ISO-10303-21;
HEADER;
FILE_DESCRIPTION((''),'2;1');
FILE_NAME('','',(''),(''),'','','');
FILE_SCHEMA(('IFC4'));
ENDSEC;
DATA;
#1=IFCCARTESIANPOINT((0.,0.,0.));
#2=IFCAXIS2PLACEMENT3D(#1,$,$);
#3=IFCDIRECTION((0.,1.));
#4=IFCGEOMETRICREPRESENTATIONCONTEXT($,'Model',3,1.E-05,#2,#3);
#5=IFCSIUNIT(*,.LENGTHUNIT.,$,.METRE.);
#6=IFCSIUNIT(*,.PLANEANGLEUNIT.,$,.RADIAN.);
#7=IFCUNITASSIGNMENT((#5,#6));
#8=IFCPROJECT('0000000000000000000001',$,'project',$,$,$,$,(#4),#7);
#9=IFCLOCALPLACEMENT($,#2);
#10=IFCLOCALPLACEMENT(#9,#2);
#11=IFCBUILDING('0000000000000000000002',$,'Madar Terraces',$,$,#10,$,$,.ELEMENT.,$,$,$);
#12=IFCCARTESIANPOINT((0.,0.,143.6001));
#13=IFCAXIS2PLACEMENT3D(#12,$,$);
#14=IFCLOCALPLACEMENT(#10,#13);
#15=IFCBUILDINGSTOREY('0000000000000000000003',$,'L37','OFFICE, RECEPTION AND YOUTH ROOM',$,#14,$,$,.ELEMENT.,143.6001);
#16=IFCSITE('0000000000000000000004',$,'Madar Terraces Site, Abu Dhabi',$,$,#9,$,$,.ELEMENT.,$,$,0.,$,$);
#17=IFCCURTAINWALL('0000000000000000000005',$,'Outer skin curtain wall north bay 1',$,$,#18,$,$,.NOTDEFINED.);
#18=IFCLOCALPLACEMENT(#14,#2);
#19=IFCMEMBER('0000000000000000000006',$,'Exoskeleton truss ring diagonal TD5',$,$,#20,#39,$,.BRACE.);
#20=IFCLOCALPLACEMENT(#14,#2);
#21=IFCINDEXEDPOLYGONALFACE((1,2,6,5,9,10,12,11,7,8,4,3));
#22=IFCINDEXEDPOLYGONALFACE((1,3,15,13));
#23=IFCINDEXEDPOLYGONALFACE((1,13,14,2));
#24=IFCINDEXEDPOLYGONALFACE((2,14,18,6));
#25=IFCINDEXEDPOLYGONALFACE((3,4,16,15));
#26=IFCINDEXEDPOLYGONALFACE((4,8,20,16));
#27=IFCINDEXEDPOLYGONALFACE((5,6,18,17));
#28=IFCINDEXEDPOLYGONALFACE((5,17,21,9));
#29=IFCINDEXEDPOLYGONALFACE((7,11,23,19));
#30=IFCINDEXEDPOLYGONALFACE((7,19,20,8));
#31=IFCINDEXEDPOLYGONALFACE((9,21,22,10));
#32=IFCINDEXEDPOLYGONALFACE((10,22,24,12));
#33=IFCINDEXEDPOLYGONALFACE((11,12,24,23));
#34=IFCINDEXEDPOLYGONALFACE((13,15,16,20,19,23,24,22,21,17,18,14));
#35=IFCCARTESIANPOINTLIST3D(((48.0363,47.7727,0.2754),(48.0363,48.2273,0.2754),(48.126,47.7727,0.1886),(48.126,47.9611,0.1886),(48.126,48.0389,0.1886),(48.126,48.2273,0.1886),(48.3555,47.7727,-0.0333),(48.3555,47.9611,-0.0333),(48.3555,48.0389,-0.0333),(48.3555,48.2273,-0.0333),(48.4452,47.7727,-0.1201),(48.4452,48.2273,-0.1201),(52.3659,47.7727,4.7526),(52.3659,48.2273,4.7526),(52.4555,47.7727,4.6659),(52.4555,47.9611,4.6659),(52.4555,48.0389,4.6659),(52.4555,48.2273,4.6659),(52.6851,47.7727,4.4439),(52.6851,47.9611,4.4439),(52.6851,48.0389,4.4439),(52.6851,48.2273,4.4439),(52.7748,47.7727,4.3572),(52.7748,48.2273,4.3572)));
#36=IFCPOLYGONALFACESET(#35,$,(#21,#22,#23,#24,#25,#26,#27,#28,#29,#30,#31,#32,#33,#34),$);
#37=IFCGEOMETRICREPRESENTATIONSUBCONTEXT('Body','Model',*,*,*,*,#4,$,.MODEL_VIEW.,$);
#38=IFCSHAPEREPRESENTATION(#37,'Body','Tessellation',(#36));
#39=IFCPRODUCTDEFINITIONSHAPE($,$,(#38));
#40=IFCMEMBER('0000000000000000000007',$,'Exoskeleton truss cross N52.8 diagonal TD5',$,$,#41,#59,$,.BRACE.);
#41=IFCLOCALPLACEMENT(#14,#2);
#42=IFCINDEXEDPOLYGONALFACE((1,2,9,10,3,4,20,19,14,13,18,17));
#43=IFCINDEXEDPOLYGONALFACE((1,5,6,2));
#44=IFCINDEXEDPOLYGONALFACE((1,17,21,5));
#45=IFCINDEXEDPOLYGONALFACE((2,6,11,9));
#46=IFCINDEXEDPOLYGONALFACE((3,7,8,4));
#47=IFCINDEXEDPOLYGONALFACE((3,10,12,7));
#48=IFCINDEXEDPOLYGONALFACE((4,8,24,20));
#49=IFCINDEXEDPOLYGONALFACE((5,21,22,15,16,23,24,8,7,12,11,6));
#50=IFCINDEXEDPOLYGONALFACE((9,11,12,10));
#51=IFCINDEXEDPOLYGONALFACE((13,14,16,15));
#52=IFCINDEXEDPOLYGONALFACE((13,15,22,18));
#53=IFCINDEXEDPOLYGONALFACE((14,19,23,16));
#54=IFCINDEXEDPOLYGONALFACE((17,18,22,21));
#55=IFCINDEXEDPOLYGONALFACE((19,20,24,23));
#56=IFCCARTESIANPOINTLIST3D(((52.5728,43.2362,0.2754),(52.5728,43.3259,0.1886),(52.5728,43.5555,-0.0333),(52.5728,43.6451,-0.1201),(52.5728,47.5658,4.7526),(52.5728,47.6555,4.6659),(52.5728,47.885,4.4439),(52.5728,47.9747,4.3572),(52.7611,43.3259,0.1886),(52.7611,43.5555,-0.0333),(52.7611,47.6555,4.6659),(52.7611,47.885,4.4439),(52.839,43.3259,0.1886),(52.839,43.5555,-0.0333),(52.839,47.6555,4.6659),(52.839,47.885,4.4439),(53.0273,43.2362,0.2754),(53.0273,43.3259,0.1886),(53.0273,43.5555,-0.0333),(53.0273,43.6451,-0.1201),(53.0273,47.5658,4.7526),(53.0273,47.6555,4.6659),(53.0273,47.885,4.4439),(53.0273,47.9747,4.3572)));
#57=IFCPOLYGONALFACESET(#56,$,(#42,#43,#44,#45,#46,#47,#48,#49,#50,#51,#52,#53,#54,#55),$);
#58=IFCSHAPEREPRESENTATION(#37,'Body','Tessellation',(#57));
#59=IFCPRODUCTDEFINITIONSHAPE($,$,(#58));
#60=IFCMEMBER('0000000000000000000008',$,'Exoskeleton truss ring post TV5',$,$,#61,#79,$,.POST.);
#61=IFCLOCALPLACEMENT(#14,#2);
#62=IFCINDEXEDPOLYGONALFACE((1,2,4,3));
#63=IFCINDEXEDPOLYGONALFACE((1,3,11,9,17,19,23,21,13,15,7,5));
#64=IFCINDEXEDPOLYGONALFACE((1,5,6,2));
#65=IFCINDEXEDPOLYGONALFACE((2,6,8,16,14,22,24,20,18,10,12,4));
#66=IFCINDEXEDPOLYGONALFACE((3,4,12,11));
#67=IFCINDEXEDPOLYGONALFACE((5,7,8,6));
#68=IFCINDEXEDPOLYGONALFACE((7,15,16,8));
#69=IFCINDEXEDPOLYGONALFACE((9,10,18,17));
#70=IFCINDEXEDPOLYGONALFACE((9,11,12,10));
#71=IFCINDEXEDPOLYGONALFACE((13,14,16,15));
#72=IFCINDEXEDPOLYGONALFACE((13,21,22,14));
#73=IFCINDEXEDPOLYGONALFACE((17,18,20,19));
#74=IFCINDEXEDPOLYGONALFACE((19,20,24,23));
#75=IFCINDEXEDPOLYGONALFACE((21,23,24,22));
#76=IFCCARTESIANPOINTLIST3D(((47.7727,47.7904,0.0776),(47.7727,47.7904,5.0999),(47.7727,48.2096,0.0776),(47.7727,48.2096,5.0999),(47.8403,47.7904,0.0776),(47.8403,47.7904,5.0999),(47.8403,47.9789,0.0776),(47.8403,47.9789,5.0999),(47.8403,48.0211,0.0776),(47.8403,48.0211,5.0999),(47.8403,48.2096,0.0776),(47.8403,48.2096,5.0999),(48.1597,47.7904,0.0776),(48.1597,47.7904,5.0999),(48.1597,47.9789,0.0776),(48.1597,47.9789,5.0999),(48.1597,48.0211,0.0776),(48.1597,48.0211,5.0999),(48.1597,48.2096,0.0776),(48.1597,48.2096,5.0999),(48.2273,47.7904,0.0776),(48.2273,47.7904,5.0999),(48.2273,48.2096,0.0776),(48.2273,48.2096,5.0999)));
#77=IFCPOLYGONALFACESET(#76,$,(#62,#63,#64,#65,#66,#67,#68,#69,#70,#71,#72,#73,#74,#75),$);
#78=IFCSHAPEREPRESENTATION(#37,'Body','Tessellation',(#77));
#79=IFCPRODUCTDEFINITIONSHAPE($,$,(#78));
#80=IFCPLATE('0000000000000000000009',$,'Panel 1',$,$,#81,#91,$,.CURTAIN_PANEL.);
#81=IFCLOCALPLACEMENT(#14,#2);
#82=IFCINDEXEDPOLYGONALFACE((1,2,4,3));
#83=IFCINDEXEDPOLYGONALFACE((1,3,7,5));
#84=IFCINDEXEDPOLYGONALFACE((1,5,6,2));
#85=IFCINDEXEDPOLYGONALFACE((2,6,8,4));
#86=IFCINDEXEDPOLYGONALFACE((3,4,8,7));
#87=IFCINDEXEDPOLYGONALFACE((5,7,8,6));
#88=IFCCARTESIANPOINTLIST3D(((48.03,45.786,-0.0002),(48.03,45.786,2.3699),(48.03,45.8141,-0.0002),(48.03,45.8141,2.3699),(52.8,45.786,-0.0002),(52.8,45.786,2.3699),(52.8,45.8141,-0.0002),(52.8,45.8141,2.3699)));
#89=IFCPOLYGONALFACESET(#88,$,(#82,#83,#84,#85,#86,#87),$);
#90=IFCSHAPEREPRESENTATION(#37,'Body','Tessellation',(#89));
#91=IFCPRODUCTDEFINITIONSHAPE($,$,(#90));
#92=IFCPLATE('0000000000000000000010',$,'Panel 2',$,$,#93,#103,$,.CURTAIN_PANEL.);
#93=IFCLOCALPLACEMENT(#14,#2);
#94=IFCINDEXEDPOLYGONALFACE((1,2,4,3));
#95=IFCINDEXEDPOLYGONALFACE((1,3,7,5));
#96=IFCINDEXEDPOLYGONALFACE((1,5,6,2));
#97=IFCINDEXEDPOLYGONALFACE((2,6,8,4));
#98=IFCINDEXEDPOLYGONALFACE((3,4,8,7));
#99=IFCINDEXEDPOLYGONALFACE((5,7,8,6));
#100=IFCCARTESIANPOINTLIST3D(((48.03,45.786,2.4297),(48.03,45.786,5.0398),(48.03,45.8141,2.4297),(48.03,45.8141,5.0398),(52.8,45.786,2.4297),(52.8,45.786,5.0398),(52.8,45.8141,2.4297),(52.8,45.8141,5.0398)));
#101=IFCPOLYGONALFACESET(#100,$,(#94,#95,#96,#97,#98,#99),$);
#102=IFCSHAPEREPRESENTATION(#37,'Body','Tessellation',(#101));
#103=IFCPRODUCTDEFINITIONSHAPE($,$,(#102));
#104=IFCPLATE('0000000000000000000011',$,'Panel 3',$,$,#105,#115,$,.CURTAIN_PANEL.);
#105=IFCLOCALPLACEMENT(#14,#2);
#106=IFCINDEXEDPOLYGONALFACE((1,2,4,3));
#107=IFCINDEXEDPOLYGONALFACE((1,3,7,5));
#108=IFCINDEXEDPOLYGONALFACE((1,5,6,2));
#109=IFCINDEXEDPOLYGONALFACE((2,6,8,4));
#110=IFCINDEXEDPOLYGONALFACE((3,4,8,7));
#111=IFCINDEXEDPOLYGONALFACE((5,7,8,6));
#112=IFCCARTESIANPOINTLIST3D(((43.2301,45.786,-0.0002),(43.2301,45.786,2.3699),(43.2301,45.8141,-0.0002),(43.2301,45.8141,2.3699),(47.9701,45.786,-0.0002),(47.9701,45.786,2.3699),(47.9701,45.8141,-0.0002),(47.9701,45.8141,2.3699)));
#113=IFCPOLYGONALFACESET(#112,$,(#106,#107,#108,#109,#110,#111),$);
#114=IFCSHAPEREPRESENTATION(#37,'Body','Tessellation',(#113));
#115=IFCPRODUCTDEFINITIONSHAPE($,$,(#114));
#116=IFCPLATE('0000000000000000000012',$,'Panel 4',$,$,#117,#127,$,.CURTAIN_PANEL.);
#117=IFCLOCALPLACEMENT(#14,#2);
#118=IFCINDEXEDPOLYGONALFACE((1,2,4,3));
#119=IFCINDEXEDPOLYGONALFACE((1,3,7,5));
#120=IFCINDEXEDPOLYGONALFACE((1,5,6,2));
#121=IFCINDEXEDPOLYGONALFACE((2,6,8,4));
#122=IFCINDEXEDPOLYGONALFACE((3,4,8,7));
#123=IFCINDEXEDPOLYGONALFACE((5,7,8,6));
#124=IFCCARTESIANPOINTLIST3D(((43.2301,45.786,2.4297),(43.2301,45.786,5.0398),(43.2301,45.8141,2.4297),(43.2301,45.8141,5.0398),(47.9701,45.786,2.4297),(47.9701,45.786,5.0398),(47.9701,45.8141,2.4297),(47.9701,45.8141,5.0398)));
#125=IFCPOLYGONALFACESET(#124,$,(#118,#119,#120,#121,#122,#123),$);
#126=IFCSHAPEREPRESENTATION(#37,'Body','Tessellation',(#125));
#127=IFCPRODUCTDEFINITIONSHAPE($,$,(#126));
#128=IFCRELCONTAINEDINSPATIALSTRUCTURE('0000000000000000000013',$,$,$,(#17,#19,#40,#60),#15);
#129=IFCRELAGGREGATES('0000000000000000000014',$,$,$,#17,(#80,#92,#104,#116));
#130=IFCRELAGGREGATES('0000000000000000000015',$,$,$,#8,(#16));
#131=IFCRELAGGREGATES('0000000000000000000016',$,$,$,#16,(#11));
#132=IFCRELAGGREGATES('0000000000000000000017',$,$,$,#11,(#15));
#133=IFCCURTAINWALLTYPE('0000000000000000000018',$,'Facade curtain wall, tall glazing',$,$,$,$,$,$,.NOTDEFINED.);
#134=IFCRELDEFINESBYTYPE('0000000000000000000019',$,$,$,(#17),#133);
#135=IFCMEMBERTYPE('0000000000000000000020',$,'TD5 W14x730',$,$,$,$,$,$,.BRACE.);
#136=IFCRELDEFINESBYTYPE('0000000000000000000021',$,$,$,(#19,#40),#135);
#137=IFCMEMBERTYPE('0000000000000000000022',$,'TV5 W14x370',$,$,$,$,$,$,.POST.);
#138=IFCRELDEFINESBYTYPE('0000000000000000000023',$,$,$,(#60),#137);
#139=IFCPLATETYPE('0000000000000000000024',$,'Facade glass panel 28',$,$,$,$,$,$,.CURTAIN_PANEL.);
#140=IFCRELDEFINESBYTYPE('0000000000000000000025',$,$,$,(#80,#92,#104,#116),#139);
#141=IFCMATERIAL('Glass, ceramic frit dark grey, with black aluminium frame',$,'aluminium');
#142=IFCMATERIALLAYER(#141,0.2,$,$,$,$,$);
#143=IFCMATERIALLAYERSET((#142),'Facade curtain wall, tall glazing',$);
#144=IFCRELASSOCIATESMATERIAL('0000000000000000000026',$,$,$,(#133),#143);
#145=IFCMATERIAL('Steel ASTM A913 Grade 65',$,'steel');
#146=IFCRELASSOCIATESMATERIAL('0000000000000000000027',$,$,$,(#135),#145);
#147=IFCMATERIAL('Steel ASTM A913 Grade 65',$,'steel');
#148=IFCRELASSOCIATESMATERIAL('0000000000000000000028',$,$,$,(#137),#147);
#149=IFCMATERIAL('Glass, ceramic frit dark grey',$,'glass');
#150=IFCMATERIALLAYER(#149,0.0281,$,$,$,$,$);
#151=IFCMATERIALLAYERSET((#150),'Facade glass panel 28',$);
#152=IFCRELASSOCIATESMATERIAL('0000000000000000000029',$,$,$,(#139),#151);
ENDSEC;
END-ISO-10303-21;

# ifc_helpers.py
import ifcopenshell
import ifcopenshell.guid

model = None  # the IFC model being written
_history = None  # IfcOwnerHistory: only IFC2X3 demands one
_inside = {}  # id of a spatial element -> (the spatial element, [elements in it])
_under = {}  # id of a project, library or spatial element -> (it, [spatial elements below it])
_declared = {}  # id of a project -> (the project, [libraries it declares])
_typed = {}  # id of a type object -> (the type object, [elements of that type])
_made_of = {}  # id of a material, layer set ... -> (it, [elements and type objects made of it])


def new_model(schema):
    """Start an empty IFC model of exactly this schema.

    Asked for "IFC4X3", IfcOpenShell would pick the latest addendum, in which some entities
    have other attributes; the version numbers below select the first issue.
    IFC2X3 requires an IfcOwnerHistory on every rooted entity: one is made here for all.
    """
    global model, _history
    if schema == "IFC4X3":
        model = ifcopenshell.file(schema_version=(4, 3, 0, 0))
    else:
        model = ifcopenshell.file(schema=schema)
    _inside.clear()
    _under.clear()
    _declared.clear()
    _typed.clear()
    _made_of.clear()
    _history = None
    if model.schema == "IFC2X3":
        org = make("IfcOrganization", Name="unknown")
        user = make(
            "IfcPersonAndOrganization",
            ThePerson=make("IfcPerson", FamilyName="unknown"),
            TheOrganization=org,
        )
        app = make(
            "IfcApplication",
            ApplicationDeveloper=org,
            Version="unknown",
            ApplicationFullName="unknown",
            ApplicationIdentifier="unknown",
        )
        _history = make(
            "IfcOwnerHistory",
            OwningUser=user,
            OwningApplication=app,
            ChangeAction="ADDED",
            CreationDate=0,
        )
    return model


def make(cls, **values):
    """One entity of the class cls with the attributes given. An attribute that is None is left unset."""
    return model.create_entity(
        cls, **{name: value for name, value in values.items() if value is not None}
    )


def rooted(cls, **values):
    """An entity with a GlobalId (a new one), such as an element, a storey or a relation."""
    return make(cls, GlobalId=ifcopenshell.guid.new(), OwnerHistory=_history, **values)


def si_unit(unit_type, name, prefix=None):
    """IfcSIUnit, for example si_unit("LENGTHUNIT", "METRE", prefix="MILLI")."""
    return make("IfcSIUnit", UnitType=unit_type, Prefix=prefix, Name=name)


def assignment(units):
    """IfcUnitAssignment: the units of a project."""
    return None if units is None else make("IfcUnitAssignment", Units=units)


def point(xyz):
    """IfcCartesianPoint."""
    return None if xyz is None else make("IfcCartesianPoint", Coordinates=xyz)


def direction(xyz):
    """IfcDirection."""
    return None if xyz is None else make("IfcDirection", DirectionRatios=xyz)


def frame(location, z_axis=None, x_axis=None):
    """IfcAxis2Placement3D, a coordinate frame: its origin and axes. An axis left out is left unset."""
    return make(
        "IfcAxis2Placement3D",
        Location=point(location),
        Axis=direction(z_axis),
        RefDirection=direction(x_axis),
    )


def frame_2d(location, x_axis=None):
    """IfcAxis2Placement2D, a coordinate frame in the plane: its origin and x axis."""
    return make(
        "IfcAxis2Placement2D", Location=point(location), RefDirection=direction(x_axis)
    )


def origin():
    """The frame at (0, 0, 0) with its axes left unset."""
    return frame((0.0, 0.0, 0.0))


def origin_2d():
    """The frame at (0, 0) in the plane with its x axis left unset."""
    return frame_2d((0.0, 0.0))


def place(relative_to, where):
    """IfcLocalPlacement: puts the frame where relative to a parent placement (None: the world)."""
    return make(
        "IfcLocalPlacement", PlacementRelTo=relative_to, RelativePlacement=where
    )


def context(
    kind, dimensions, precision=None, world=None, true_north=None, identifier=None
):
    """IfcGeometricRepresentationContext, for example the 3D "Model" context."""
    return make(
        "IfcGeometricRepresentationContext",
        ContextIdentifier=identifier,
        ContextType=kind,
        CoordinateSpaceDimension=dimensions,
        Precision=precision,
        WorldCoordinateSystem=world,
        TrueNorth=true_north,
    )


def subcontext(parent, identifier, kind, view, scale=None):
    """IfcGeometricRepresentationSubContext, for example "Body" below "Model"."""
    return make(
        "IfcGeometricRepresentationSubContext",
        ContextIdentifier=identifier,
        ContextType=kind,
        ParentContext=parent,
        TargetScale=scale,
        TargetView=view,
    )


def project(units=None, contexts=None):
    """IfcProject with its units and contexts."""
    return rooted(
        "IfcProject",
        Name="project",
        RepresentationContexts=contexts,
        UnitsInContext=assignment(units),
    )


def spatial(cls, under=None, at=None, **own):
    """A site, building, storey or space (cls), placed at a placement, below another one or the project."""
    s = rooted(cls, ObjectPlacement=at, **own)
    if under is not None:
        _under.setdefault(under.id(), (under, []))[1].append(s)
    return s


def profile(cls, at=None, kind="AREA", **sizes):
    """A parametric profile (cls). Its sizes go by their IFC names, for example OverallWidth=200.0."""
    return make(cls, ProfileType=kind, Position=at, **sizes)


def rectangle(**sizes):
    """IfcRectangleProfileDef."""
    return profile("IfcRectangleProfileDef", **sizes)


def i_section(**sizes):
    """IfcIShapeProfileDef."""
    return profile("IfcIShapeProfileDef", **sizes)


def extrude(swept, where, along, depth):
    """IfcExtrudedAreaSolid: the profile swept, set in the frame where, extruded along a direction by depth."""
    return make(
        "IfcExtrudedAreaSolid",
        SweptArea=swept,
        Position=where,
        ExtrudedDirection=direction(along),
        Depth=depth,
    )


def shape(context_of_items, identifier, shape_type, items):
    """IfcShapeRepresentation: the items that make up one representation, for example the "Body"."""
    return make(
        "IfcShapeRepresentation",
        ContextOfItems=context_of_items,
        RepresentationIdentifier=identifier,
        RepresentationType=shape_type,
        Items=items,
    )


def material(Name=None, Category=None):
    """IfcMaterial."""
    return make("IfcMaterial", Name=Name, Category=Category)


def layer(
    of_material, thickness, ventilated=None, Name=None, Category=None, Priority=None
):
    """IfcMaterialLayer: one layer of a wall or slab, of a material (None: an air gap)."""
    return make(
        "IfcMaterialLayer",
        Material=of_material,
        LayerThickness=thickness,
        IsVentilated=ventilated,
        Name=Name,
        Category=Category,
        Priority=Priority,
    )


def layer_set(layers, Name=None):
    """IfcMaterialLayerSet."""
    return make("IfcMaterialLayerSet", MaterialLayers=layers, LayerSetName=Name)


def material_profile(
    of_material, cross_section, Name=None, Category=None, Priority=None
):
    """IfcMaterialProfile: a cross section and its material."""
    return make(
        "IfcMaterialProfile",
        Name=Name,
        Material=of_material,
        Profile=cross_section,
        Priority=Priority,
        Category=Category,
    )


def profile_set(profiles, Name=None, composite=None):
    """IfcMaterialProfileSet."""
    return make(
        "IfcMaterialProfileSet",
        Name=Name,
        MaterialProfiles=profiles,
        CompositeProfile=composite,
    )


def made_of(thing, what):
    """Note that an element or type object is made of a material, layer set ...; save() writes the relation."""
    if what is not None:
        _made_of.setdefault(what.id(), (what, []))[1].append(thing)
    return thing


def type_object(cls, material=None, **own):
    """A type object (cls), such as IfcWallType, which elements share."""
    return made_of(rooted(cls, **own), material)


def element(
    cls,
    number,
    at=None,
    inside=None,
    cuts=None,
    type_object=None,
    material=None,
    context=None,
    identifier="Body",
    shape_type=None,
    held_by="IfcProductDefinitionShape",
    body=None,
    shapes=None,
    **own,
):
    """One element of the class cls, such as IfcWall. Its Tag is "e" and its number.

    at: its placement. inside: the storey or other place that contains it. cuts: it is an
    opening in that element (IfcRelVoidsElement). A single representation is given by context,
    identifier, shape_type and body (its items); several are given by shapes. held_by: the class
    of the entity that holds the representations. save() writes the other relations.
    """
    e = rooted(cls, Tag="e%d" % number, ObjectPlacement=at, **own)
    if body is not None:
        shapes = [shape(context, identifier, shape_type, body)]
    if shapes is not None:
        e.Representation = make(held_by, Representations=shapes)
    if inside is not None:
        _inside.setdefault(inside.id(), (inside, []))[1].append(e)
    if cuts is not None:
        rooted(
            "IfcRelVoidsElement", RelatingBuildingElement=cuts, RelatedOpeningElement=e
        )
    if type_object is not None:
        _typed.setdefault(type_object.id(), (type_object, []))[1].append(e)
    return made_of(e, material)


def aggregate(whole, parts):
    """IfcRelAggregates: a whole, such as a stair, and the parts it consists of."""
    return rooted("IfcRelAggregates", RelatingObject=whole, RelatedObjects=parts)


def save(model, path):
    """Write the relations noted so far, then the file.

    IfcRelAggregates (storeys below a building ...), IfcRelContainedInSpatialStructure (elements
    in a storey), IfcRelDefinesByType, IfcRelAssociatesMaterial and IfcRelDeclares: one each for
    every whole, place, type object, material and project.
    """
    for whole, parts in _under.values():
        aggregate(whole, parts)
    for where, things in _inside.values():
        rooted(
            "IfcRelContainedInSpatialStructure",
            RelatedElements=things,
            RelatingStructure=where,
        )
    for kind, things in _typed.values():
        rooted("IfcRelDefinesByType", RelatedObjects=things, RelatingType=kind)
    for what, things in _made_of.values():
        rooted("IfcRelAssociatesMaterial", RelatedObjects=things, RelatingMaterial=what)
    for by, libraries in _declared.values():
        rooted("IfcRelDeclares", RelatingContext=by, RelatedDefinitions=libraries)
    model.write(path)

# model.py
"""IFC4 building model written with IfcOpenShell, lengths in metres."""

from ifc_helpers import new_model, si_unit, direction, frame, origin, origin_2d, place, context, subcontext, project, spatial, rectangle, i_section, extrude, material, layer, layer_set, material_profile, profile_set, type_object, element, aggregate, save


model = new_model("IFC4")

# Units and contexts
model_context = context("Model", 3, precision=1e-05, world=origin(), true_north=direction((0.0, 1.0)))
body_context = subcontext(model_context, "Body", "Model", "MODEL_VIEW")
ifc_project = project(units=[si_unit("LENGTHUNIT", "METRE"), si_unit("PLANEANGLEUNIT", "RADIAN")], contexts=[model_context])

# Site, building, storey
site_placement = place(None, origin())
site = spatial("IfcSite", under=ifc_project, at=site_placement, Name="Madar Terraces Site, Abu Dhabi", CompositionType="ELEMENT", RefElevation=0.0)
building_placement = place(site_placement, origin())
building = spatial("IfcBuilding", under=site, at=building_placement, Name="Madar Terraces", CompositionType="ELEMENT")
storey_placement = place(building_placement, frame((0.0, 0.0, 143.6001)))
storey = spatial("IfcBuildingStorey", under=building, at=storey_placement, Name="L37", Description="OFFICE, RECEPTION AND YOUTH ROOM", CompositionType="ELEMENT", Elevation=143.6001)

# Curtain wall
ifc_material_1 = material(Name="Glass, ceramic frit dark grey, with black aluminium frame", Category="aluminium")
ifc_layer_1 = layer(ifc_material_1, 0.2)
ifc_layer_set_1 = layer_set([ifc_layer_1], Name="Facade curtain wall, tall glazing")
curtain_wall_type = type_object("IfcCurtainWallType", Name="Facade curtain wall, tall glazing", PredefinedType="NOTDEFINED", material=ifc_layer_set_1)
curtain_wall_placement = place(storey_placement, origin())
curtain_wall = element("IfcCurtainWall", 1, at=curtain_wall_placement, inside=storey, type_object=curtain_wall_type, Name="Outer skin curtain wall north bay 1", PredefinedType="NOTDEFINED")

# Members
ifc_material_2 = material(Name="Steel ASTM A913 Grade 65", Category="steel")
ifc_material_profile_1 = material_profile(ifc_material_2, i_section(OverallWidth=0.4546, OverallDepth=0.5688, WebThickness=0.0779, FlangeThickness=0.1248, at=origin_2d()), Name="W14x730")
ifc_profile_set_1 = profile_set([ifc_material_profile_1], Name="Steel ASTM A913 Grade 65")
member_type_1 = type_object("IfcMemberType", Name="TD5 W14x730", PredefinedType="BRACE", material=ifc_profile_set_1)
for number, where, z_axis, x_axis, name in (
    (2, (52.5703, 48.0, 4.5549), (-0.69515, 0.0, -0.718865), (0.0, -1.0, 0.0), "Exoskeleton truss ring diagonal TD5"),
    (3, (52.8, 47.7703, 4.5549), (0.0, -0.69515, -0.718865), (1.0, 0.0, 0.0), "Exoskeleton truss cross N52.8 diagonal TD5"),
):
    element("IfcMember", number, at=place(storey_placement, frame(where, z_axis=z_axis, x_axis=x_axis)), inside=storey, type_object=member_type_1, Name=name, PredefinedType="BRACE", context=body_context, shape_type="SweptSolid", body=[
        extrude(i_section(OverallWidth=0.4546, OverallDepth=0.5688, WebThickness=0.0779, FlangeThickness=0.1248, at=origin_2d()), origin(), (0.0, 0.0, 1.0), 6.2283),
    ])
ifc_material_3 = material(Name="Steel ASTM A913 Grade 65", Category="steel")
ifc_material_profile_2 = material_profile(ifc_material_3, i_section(OverallWidth=0.4192, OverallDepth=0.4546, WebThickness=0.0422, FlangeThickness=0.0676, at=origin_2d()), Name="W14x370")
ifc_profile_set_2 = profile_set([ifc_material_profile_2], Name="Steel ASTM A913 Grade 65")
member_type_2 = type_object("IfcMemberType", Name="TV5 W14x370", PredefinedType="POST", material=ifc_profile_set_2)
member_1_placement = place(storey_placement, frame((48.0, 48.0, 0.0776), z_axis=(0.0, 0.0, 1.0), x_axis=(0.0, -1.0, 0.0)))
element("IfcMember", 4, at=member_1_placement, inside=storey, type_object=member_type_2, Name="Exoskeleton truss ring post TV5", PredefinedType="POST", context=body_context, shape_type="SweptSolid", body=[
    extrude(i_section(OverallWidth=0.4192, OverallDepth=0.4546, WebThickness=0.0422, FlangeThickness=0.0676, at=origin_2d()), origin(), (0.0, 0.0, 1.0), 5.0222),
])

# Plates
ifc_material_4 = material(Name="Glass, ceramic frit dark grey", Category="glass")
ifc_layer_2 = layer(ifc_material_4, 0.0281)
ifc_layer_set_2 = layer_set([ifc_layer_2], Name="Facade glass panel 28")
plate_type = type_object("IfcPlateType", Name="Facade glass panel 28", PredefinedType="CURTAIN_PANEL", material=ifc_layer_set_2)
plate_1_placement = place(storey_placement, frame((50.415, 45.8, -0.0002), z_axis=(0.0, 0.0, 1.0), x_axis=(-1.0, 0.0, 0.0)))
plate_1 = element("IfcPlate", 5, at=plate_1_placement, type_object=plate_type, Name="Panel 1", PredefinedType="CURTAIN_PANEL", context=body_context, shape_type="SweptSolid", body=[
    extrude(rectangle(XDim=4.77, YDim=0.0281, at=origin_2d()), origin(), (0.0, 0.0, 1.0), 2.3701),
])
plate_2_placement = place(storey_placement, frame((50.415, 45.8, 2.4297), z_axis=(0.0, 0.0, 1.0), x_axis=(-1.0, 0.0, 0.0)))
plate_2 = element("IfcPlate", 6, at=plate_2_placement, type_object=plate_type, Name="Panel 2", PredefinedType="CURTAIN_PANEL", context=body_context, shape_type="SweptSolid", body=[
    extrude(rectangle(XDim=4.77, YDim=0.0281, at=origin_2d()), origin(), (0.0, 0.0, 1.0), 2.6101),
])
plate_3_placement = place(storey_placement, frame((45.6001, 45.8, -0.0002), z_axis=(0.0, 0.0, 1.0), x_axis=(-1.0, 0.0, 0.0)))
plate_3 = element("IfcPlate", 7, at=plate_3_placement, type_object=plate_type, Name="Panel 3", PredefinedType="CURTAIN_PANEL", context=body_context, shape_type="SweptSolid", body=[
    extrude(rectangle(XDim=4.74, YDim=0.0281, at=origin_2d()), origin(), (0.0, 0.0, 1.0), 2.3701),
])
plate_4_placement = place(storey_placement, frame((45.6001, 45.8, 2.4297), z_axis=(0.0, 0.0, 1.0), x_axis=(-1.0, 0.0, 0.0)))
plate_4 = element("IfcPlate", 8, at=plate_4_placement, type_object=plate_type, Name="Panel 4", PredefinedType="CURTAIN_PANEL", context=body_context, shape_type="SweptSolid", body=[
    extrude(rectangle(XDim=4.74, YDim=0.0281, at=origin_2d()), origin(), (0.0, 0.0, 1.0), 2.6101),
])
aggregate(curtain_wall, [plate_1, plate_2, plate_3, plate_4])

save(model, "model.ifc")
